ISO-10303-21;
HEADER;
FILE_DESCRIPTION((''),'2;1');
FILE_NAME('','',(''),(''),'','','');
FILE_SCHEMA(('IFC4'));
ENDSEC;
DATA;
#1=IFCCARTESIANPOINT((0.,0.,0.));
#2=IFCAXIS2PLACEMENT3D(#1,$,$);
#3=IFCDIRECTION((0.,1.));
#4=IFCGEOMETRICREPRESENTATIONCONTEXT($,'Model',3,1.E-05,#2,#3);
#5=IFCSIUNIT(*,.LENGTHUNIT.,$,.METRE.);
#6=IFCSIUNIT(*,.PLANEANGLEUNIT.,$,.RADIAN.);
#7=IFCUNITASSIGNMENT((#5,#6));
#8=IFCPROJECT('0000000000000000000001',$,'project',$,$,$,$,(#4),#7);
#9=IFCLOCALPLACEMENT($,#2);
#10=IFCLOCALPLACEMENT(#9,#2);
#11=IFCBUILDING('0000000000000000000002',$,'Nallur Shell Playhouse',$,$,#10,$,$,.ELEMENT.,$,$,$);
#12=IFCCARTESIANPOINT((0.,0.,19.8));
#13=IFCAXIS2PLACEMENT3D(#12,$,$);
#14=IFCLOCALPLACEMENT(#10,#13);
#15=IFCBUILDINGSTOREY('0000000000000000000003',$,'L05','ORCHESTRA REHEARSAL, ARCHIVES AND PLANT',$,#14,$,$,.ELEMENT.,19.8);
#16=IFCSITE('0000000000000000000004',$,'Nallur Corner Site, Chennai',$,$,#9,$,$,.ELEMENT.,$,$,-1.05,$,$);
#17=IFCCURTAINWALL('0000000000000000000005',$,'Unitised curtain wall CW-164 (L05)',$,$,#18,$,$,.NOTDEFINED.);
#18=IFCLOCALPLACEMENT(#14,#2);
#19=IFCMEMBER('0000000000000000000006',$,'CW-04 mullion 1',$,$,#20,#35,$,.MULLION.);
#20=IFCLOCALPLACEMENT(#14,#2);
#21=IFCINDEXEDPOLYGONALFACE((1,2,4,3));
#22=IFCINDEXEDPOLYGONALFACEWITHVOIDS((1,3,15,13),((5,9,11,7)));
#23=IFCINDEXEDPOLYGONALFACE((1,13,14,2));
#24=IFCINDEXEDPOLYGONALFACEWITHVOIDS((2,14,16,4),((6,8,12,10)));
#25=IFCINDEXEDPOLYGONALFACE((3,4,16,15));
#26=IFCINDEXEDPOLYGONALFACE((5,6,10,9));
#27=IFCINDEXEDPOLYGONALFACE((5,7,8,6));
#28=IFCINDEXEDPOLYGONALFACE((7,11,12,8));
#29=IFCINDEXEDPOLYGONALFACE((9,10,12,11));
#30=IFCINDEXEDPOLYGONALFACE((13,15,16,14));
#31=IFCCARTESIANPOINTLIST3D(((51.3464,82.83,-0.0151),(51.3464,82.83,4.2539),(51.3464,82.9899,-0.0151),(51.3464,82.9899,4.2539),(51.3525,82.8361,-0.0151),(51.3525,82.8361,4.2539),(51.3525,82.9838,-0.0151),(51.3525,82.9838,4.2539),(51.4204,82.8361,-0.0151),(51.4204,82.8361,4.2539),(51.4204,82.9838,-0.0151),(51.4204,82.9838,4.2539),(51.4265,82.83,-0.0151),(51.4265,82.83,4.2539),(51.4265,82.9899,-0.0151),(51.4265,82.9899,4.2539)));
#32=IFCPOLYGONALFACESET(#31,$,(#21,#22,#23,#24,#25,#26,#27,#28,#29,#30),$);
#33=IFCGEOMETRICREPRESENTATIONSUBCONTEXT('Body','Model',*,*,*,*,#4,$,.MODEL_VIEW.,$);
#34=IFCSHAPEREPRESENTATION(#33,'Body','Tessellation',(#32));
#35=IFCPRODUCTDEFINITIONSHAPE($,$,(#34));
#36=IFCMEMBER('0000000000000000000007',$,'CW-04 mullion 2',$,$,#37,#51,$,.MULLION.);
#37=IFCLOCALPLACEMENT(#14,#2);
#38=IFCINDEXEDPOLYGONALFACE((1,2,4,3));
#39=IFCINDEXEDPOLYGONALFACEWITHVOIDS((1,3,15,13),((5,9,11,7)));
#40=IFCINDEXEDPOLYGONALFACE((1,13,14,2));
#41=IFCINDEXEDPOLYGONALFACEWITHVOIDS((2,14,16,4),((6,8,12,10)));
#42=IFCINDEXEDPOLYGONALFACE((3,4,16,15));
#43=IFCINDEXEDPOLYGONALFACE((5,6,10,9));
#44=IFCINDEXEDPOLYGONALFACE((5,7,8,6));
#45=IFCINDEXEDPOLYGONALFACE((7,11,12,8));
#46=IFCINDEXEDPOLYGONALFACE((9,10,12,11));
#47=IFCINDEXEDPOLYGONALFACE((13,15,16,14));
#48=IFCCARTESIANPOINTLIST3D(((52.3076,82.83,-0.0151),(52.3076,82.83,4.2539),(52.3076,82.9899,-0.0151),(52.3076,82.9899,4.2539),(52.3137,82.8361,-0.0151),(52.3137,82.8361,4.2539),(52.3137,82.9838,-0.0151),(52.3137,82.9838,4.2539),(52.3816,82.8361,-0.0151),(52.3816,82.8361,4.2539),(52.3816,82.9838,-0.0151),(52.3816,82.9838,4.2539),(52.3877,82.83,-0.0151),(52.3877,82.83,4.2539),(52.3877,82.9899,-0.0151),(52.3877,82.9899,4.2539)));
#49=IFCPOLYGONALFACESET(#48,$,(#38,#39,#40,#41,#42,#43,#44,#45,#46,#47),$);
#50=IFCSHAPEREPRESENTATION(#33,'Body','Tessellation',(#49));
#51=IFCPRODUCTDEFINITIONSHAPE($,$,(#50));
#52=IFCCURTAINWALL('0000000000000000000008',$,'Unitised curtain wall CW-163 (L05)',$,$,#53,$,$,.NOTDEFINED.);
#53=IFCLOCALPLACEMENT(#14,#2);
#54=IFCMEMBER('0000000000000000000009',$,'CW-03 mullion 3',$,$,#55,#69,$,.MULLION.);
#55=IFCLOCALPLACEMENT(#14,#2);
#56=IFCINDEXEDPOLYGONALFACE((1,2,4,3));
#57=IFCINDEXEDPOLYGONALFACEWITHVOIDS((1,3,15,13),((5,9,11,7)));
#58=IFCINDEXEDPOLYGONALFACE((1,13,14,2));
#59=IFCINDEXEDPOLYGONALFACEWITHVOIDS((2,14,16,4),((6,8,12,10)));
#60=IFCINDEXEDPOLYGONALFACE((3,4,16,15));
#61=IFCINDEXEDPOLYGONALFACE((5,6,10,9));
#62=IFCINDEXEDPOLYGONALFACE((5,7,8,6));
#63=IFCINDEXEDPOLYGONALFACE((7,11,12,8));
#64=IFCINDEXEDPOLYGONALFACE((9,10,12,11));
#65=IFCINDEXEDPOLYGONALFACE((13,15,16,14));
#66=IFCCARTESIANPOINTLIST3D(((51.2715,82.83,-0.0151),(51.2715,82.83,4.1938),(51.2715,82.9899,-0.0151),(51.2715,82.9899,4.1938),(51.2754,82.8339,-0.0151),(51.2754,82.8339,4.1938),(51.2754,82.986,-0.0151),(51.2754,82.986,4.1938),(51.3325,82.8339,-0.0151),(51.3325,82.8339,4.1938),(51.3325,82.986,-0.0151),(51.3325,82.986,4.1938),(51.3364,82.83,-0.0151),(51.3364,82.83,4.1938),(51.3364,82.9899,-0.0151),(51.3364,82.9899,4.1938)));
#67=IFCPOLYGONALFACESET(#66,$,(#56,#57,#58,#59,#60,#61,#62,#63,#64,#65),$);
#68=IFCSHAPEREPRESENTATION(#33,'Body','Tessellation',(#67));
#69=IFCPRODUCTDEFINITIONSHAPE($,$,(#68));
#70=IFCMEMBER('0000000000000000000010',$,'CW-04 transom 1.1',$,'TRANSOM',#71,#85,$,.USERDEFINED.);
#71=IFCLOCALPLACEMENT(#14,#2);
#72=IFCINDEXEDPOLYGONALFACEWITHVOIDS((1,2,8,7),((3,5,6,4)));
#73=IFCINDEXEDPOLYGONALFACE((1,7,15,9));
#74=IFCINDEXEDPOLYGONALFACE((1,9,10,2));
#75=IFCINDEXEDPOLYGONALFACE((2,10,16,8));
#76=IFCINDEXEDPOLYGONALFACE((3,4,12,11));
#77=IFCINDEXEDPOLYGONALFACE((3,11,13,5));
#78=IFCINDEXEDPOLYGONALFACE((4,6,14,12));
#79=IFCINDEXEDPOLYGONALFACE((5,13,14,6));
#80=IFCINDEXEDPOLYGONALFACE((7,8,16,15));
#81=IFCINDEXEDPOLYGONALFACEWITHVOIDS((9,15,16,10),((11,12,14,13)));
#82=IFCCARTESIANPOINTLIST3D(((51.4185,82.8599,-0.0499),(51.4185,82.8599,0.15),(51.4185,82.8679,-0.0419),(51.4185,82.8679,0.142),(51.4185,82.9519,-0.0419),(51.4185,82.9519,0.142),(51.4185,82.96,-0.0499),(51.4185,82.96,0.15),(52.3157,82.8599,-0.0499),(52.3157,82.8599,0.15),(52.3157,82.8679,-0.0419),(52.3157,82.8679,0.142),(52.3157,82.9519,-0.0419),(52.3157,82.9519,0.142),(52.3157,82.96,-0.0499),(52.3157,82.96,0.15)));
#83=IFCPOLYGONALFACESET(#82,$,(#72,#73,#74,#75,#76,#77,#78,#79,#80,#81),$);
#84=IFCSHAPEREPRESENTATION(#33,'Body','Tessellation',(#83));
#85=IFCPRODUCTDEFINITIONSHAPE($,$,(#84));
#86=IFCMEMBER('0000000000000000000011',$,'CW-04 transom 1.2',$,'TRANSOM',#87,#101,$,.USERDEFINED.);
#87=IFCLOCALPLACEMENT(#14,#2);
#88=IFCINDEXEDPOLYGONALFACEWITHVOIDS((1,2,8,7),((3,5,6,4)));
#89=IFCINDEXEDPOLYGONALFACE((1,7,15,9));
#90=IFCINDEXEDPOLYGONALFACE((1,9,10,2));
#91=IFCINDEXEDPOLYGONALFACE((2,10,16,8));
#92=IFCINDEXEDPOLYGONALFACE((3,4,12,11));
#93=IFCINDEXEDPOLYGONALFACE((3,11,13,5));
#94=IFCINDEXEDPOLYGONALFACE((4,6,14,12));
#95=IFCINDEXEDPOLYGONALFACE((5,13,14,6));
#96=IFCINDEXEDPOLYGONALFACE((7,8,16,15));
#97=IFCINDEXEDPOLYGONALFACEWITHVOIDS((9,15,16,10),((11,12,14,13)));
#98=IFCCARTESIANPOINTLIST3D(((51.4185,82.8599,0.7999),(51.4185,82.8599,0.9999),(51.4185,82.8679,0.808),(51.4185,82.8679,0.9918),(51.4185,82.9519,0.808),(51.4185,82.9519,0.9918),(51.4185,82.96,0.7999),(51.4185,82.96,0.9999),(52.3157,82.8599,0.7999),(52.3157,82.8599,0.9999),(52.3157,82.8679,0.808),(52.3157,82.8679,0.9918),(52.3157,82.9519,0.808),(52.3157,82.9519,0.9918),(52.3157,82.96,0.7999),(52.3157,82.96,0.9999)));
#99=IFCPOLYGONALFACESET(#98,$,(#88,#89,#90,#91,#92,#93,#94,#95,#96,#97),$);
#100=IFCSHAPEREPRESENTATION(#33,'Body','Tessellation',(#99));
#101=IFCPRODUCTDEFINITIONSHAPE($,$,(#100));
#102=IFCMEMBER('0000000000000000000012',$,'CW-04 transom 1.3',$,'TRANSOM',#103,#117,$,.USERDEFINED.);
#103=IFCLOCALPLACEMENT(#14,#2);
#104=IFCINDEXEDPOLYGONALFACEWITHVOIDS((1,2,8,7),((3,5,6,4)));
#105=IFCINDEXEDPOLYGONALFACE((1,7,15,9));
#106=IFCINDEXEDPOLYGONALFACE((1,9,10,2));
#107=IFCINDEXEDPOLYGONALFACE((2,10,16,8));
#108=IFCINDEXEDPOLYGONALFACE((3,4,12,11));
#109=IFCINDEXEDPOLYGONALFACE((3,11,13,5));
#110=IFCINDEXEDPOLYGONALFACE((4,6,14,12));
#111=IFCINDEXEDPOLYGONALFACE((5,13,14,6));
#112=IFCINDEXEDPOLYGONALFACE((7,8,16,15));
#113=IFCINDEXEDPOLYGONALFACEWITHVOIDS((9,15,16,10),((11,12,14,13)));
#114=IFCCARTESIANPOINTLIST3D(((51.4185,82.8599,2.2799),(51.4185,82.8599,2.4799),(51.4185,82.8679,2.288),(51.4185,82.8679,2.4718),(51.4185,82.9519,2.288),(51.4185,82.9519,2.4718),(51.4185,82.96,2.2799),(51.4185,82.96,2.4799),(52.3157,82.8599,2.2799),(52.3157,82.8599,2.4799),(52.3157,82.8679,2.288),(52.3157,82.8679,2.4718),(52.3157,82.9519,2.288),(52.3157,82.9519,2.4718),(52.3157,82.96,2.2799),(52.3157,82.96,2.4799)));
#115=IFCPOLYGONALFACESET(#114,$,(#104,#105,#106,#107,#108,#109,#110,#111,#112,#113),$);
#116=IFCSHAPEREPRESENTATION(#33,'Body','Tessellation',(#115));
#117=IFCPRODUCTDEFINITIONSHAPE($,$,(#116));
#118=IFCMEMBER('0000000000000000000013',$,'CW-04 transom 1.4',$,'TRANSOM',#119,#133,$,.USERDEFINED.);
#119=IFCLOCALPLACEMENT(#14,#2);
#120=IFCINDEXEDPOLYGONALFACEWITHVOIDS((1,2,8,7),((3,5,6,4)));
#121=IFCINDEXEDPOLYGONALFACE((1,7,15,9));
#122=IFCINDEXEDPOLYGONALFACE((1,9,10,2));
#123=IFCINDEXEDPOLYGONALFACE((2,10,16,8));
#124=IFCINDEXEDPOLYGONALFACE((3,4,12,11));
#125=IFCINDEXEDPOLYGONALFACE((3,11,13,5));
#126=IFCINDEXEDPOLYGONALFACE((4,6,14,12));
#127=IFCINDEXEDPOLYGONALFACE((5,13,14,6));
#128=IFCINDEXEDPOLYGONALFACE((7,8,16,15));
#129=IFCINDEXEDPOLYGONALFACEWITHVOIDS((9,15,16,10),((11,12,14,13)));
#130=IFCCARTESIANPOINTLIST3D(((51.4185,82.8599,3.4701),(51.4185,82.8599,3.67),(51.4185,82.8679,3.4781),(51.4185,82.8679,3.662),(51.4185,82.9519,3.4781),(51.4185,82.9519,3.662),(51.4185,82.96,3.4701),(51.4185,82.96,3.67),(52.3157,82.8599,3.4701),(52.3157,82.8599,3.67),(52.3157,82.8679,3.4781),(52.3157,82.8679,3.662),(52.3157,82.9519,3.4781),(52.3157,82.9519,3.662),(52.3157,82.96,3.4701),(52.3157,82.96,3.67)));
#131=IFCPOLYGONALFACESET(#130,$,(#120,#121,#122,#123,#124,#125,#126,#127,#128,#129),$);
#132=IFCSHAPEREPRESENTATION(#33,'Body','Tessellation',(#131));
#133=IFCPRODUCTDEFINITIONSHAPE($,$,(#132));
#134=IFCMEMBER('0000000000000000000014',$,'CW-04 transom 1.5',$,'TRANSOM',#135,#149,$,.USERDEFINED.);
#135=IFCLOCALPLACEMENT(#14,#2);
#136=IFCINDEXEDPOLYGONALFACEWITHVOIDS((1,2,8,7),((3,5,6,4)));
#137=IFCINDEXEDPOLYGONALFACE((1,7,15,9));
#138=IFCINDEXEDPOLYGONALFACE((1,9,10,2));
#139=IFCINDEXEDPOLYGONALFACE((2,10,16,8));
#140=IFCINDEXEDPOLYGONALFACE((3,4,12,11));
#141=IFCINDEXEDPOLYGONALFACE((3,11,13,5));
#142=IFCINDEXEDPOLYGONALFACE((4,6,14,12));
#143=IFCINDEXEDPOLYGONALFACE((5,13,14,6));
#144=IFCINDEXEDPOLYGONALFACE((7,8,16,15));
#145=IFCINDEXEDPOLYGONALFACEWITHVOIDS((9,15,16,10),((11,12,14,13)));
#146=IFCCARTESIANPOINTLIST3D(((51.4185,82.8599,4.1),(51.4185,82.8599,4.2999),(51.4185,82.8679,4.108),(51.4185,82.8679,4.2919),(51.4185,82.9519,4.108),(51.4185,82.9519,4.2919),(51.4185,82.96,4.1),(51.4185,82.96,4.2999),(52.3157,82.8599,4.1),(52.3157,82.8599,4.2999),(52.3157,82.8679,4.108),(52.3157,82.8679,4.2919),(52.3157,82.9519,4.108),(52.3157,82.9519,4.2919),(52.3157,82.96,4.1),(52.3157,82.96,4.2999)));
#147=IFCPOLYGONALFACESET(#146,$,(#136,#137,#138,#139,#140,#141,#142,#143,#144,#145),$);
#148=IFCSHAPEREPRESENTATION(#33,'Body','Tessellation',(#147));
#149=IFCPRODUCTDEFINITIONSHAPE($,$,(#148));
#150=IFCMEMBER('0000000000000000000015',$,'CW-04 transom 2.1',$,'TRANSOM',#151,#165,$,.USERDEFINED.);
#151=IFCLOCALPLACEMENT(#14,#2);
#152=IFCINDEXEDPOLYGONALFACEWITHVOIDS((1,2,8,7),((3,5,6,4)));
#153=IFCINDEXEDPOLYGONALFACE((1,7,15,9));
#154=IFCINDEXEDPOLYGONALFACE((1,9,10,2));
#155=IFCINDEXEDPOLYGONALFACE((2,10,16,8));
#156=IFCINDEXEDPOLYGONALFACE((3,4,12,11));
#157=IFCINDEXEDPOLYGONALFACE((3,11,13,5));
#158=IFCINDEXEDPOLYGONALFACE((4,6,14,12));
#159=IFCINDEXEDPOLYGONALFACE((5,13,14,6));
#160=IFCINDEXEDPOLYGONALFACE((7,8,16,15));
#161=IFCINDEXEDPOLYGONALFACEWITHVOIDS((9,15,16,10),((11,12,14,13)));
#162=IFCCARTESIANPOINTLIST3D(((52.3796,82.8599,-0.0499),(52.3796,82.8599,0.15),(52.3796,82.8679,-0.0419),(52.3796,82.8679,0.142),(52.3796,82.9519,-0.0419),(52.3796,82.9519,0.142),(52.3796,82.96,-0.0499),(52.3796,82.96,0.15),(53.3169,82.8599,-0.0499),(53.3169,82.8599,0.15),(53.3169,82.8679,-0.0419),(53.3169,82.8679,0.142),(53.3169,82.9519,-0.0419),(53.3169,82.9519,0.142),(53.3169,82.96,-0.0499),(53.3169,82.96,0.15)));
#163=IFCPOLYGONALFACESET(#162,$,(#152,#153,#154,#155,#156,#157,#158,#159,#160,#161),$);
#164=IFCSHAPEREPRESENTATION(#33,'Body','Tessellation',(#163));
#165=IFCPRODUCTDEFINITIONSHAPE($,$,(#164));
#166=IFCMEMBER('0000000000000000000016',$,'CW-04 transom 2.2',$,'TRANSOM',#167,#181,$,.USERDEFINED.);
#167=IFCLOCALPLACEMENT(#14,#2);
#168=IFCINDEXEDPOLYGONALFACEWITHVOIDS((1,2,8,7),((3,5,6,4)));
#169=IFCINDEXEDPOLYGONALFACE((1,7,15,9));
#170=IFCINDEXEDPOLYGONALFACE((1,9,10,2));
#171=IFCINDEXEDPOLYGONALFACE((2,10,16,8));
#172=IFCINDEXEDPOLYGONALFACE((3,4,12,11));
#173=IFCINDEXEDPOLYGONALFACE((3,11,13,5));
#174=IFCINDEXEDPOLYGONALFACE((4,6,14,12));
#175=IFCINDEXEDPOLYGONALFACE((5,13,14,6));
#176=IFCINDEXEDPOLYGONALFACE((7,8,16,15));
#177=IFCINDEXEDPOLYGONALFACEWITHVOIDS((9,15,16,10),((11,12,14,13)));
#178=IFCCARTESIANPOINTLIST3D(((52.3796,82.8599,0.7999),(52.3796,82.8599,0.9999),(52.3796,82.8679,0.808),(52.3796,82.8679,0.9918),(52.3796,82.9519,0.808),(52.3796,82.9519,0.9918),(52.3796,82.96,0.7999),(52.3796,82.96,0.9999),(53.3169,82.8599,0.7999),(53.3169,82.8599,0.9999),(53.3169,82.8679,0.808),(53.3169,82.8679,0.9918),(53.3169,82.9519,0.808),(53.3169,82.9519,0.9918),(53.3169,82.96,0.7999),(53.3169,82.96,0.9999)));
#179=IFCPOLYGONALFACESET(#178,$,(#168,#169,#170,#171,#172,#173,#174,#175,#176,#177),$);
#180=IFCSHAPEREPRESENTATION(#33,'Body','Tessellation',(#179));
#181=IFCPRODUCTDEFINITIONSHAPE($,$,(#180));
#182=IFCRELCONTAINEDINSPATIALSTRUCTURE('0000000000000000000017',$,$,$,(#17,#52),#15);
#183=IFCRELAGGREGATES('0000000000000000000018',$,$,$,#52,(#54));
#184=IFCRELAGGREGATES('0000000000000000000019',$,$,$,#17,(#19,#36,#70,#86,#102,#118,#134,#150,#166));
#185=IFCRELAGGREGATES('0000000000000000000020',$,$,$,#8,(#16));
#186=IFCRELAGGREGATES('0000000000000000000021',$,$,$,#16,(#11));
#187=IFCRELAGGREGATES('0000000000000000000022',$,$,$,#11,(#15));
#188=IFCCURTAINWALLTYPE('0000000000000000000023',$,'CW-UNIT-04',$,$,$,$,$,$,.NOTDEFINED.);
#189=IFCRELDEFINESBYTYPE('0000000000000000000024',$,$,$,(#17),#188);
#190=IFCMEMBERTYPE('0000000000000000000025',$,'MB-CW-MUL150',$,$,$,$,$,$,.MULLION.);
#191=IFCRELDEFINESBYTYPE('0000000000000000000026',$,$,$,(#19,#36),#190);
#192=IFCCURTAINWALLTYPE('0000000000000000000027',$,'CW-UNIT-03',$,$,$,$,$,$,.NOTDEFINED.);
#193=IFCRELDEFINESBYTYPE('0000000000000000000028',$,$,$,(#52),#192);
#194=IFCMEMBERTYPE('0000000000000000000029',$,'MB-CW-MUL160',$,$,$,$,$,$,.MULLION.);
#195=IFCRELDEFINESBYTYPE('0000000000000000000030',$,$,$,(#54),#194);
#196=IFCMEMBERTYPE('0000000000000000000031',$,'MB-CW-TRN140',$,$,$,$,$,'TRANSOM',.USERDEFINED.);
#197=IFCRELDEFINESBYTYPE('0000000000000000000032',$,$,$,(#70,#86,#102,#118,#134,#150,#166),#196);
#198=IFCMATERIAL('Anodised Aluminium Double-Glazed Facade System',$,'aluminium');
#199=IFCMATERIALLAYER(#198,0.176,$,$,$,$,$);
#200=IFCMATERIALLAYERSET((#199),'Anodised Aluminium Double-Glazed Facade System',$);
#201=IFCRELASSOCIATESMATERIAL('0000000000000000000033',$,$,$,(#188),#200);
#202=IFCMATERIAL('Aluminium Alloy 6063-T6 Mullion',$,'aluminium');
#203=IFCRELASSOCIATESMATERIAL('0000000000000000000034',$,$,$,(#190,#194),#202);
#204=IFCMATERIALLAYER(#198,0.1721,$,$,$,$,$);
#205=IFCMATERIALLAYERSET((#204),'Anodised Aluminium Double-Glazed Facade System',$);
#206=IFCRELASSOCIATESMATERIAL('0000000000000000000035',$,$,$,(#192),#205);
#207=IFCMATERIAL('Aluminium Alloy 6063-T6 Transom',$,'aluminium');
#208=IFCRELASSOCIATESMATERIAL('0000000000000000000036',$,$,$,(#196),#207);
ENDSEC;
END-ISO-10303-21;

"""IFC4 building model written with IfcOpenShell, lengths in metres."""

from ifc_helpers import new_model, si_unit, direction, frame, origin, origin_2d, place, context, subcontext, project, spatial, hollow_rectangle, extrude, material, layer, layer_set, material_profile, profile_set, type_object, element, aggregate, save


model = new_model("IFC4")

# Units and contexts
model_context = context("Model", 3, precision=1e-05, world=origin(), true_north=direction((0.0, 1.0)))
body_context = subcontext(model_context, "Body", "Model", "MODEL_VIEW")
ifc_project = project(units=[si_unit("LENGTHUNIT", "METRE"), si_unit("PLANEANGLEUNIT", "RADIAN")], contexts=[model_context])

# Site, building, storey
site_placement = place(None, origin())
site = spatial("IfcSite", under=ifc_project, at=site_placement, Name="Nallur Corner Site, Chennai", CompositionType="ELEMENT", RefElevation=-1.05)
building_placement = place(site_placement, origin())
building = spatial("IfcBuilding", under=site, at=building_placement, Name="Nallur Shell Playhouse", CompositionType="ELEMENT")
storey_placement = place(building_placement, frame((0.0, 0.0, 19.8)))
storey = spatial("IfcBuildingStorey", under=building, at=storey_placement, Name="L05", Description="ORCHESTRA REHEARSAL, ARCHIVES AND PLANT", CompositionType="ELEMENT", Elevation=19.8)

# Curtain wall, members
ifc_material_1 = material(Name="Anodised Aluminium Double-Glazed Facade System", Category="aluminium")
ifc_layer_1 = layer(ifc_material_1, 0.176)
ifc_layer_set_1 = layer_set([ifc_layer_1], Name="Anodised Aluminium Double-Glazed Facade System")
curtain_wall_type_1 = type_object("IfcCurtainWallType", Name="CW-UNIT-04", PredefinedType="NOTDEFINED", material=ifc_layer_set_1)
curtain_wall_1_placement = place(storey_placement, origin())
curtain_wall_1 = element("IfcCurtainWall", 1, at=curtain_wall_1_placement, inside=storey, type_object=curtain_wall_type_1, Name="Unitised curtain wall CW-164 (L05)", PredefinedType="NOTDEFINED")
ifc_material_2 = material(Name="Aluminium Alloy 6063-T6 Mullion", Category="aluminium")
ifc_material_profile_1 = material_profile(ifc_material_2, hollow_rectangle(XDim=0.0801, YDim=0.1599, WallThickness=0.0061, at=origin_2d()), Name="RHS 160x80x6")
ifc_profile_set_1 = profile_set([ifc_material_profile_1], Name="Aluminium Alloy 6063-T6 Mullion")
member_type_1 = type_object("IfcMemberType", Name="MB-CW-MUL150", PredefinedType="MULLION", material=ifc_profile_set_1)
member_1_placement = place(storey_placement, frame((51.3865, 82.9099, -0.0151), z_axis=(0.0, 0.0, 1.0), x_axis=(1.0, 0.0, 0.0)))
member_1 = element("IfcMember", 2, at=member_1_placement, type_object=member_type_1, Name="CW-04 mullion 1", PredefinedType="MULLION", context=body_context, shape_type="SweptSolid", body=[
    extrude(hollow_rectangle(XDim=0.0801, YDim=0.1599, WallThickness=0.0061, at=origin_2d()), origin(), (0.0, 0.0, 1.0), 4.269),
])
member_2_placement = place(storey_placement, frame((52.3477, 82.9099, -0.0151), z_axis=(0.0, 0.0, 1.0), x_axis=(1.0, 0.0, 0.0)))
member_2 = element("IfcMember", 3, at=member_2_placement, type_object=member_type_1, Name="CW-04 mullion 2", PredefinedType="MULLION", context=body_context, shape_type="SweptSolid", body=[
    extrude(hollow_rectangle(XDim=0.0801, YDim=0.1599, WallThickness=0.0061, at=origin_2d()), origin(), (0.0, 0.0, 1.0), 4.269),
])

# Curtain wall, member
ifc_layer_2 = layer(ifc_material_1, 0.1721)
ifc_layer_set_2 = layer_set([ifc_layer_2], Name="Anodised Aluminium Double-Glazed Facade System")
curtain_wall_type_2 = type_object("IfcCurtainWallType", Name="CW-UNIT-03", PredefinedType="NOTDEFINED", material=ifc_layer_set_2)
curtain_wall_2_placement = place(storey_placement, origin())
curtain_wall_2 = element("IfcCurtainWall", 4, at=curtain_wall_2_placement, inside=storey, type_object=curtain_wall_type_2, Name="Unitised curtain wall CW-163 (L05)", PredefinedType="NOTDEFINED")
ifc_material_profile_2 = material_profile(ifc_material_2, hollow_rectangle(XDim=0.0649, YDim=0.1599, WallThickness=0.0039, at=origin_2d()), Name="ALU 65x160x4")
ifc_profile_set_2 = profile_set([ifc_material_profile_2], Name="Aluminium Alloy 6063-T6 Mullion")
member_type_2 = type_object("IfcMemberType", Name="MB-CW-MUL160", PredefinedType="MULLION", material=ifc_profile_set_2)
member_3_placement = place(storey_placement, frame((51.304, 82.9099, -0.0151), z_axis=(0.0, 0.0, 1.0), x_axis=(1.0, 0.0, 0.0)))
member_3 = element("IfcMember", 5, at=member_3_placement, type_object=member_type_2, Name="CW-03 mullion 3", PredefinedType="MULLION", context=body_context, shape_type="SweptSolid", body=[
    extrude(hollow_rectangle(XDim=0.0649, YDim=0.1599, WallThickness=0.0039, at=origin_2d()), origin(), (0.0, 0.0, 1.0), 4.209),
])

# Members
ifc_material_3 = material(Name="Aluminium Alloy 6063-T6 Transom", Category="aluminium")
ifc_material_profile_3 = material_profile(ifc_material_3, hollow_rectangle(XDim=0.1001, YDim=0.2, WallThickness=0.0081, at=origin_2d()), Name="RHS 200x100x8")
ifc_profile_set_3 = profile_set([ifc_material_profile_3], Name="Aluminium Alloy 6063-T6 Transom")
member_type_3 = type_object("IfcMemberType", Name="MB-CW-TRN140", ElementType="TRANSOM", PredefinedType="USERDEFINED", material=ifc_profile_set_3)
member_4_placement = place(storey_placement, frame((51.4185, 82.9099, 0.05), z_axis=(1.0, 0.0, 0.0), x_axis=(0.0, 1.0, 0.0)))
member_4 = element("IfcMember", 6, at=member_4_placement, type_object=member_type_3, Name="CW-04 transom 1.1", ObjectType="TRANSOM", PredefinedType="USERDEFINED", context=body_context, shape_type="SweptSolid", body=[
    extrude(hollow_rectangle(XDim=0.1001, YDim=0.2, WallThickness=0.0081, at=origin_2d()), origin(), (0.0, 0.0, 1.0), 0.8972),
])
member_5_placement = place(storey_placement, frame((51.4185, 82.9099, 0.8999), z_axis=(1.0, 0.0, 0.0), x_axis=(0.0, 1.0, 0.0)))
member_5 = element("IfcMember", 7, at=member_5_placement, type_object=member_type_3, Name="CW-04 transom 1.2", ObjectType="TRANSOM", PredefinedType="USERDEFINED", context=body_context, shape_type="SweptSolid", body=[
    extrude(hollow_rectangle(XDim=0.1001, YDim=0.2, WallThickness=0.0081, at=origin_2d()), origin(), (0.0, 0.0, 1.0), 0.8972),
])
member_6_placement = place(storey_placement, frame((51.4185, 82.9099, 2.3799), z_axis=(1.0, 0.0, 0.0), x_axis=(0.0, 1.0, 0.0)))
member_6 = element("IfcMember", 8, at=member_6_placement, type_object=member_type_3, Name="CW-04 transom 1.3", ObjectType="TRANSOM", PredefinedType="USERDEFINED", context=body_context, shape_type="SweptSolid", body=[
    extrude(hollow_rectangle(XDim=0.1001, YDim=0.2, WallThickness=0.0081, at=origin_2d()), origin(), (0.0, 0.0, 1.0), 0.8972),
])
member_7_placement = place(storey_placement, frame((51.4185, 82.9099, 3.5701), z_axis=(1.0, 0.0, 0.0), x_axis=(0.0, 1.0, 0.0)))
member_7 = element("IfcMember", 9, at=member_7_placement, type_object=member_type_3, Name="CW-04 transom 1.4", ObjectType="TRANSOM", PredefinedType="USERDEFINED", context=body_context, shape_type="SweptSolid", body=[
    extrude(hollow_rectangle(XDim=0.1001, YDim=0.2, WallThickness=0.0081, at=origin_2d()), origin(), (0.0, 0.0, 1.0), 0.8972),
])
member_8_placement = place(storey_placement, frame((51.4185, 82.9099, 4.2), z_axis=(1.0, 0.0, 0.0), x_axis=(0.0, 1.0, 0.0)))
member_8 = element("IfcMember", 10, at=member_8_placement, type_object=member_type_3, Name="CW-04 transom 1.5", ObjectType="TRANSOM", PredefinedType="USERDEFINED", context=body_context, shape_type="SweptSolid", body=[
    extrude(hollow_rectangle(XDim=0.1001, YDim=0.2, WallThickness=0.0081, at=origin_2d()), origin(), (0.0, 0.0, 1.0), 0.8972),
])
member_9_placement = place(storey_placement, frame((52.3796, 82.9099, 0.05), z_axis=(1.0, 0.0, 0.0), x_axis=(0.0, 1.0, 0.0)))
member_9 = element("IfcMember", 11, at=member_9_placement, type_object=member_type_3, Name="CW-04 transom 2.1", ObjectType="TRANSOM", PredefinedType="USERDEFINED", context=body_context, shape_type="SweptSolid", body=[
    extrude(hollow_rectangle(XDim=0.1001, YDim=0.2, WallThickness=0.0081, at=origin_2d()), origin(), (0.0, 0.0, 1.0), 0.9373),
])
member_10_placement = place(storey_placement, frame((52.3796, 82.9099, 0.8999), z_axis=(1.0, 0.0, 0.0), x_axis=(0.0, 1.0, 0.0)))
member_10 = element("IfcMember", 12, at=member_10_placement, type_object=member_type_3, Name="CW-04 transom 2.2", ObjectType="TRANSOM", PredefinedType="USERDEFINED", context=body_context, shape_type="SweptSolid", body=[
    extrude(hollow_rectangle(XDim=0.1001, YDim=0.2, WallThickness=0.0081, at=origin_2d()), origin(), (0.0, 0.0, 1.0), 0.9373),
])

aggregate(curtain_wall_2, [member_3])
aggregate(curtain_wall_1, [member_1, member_2, member_4, member_5, member_6, member_7, member_8, member_9, member_10])

save(model, "model.ifc")
